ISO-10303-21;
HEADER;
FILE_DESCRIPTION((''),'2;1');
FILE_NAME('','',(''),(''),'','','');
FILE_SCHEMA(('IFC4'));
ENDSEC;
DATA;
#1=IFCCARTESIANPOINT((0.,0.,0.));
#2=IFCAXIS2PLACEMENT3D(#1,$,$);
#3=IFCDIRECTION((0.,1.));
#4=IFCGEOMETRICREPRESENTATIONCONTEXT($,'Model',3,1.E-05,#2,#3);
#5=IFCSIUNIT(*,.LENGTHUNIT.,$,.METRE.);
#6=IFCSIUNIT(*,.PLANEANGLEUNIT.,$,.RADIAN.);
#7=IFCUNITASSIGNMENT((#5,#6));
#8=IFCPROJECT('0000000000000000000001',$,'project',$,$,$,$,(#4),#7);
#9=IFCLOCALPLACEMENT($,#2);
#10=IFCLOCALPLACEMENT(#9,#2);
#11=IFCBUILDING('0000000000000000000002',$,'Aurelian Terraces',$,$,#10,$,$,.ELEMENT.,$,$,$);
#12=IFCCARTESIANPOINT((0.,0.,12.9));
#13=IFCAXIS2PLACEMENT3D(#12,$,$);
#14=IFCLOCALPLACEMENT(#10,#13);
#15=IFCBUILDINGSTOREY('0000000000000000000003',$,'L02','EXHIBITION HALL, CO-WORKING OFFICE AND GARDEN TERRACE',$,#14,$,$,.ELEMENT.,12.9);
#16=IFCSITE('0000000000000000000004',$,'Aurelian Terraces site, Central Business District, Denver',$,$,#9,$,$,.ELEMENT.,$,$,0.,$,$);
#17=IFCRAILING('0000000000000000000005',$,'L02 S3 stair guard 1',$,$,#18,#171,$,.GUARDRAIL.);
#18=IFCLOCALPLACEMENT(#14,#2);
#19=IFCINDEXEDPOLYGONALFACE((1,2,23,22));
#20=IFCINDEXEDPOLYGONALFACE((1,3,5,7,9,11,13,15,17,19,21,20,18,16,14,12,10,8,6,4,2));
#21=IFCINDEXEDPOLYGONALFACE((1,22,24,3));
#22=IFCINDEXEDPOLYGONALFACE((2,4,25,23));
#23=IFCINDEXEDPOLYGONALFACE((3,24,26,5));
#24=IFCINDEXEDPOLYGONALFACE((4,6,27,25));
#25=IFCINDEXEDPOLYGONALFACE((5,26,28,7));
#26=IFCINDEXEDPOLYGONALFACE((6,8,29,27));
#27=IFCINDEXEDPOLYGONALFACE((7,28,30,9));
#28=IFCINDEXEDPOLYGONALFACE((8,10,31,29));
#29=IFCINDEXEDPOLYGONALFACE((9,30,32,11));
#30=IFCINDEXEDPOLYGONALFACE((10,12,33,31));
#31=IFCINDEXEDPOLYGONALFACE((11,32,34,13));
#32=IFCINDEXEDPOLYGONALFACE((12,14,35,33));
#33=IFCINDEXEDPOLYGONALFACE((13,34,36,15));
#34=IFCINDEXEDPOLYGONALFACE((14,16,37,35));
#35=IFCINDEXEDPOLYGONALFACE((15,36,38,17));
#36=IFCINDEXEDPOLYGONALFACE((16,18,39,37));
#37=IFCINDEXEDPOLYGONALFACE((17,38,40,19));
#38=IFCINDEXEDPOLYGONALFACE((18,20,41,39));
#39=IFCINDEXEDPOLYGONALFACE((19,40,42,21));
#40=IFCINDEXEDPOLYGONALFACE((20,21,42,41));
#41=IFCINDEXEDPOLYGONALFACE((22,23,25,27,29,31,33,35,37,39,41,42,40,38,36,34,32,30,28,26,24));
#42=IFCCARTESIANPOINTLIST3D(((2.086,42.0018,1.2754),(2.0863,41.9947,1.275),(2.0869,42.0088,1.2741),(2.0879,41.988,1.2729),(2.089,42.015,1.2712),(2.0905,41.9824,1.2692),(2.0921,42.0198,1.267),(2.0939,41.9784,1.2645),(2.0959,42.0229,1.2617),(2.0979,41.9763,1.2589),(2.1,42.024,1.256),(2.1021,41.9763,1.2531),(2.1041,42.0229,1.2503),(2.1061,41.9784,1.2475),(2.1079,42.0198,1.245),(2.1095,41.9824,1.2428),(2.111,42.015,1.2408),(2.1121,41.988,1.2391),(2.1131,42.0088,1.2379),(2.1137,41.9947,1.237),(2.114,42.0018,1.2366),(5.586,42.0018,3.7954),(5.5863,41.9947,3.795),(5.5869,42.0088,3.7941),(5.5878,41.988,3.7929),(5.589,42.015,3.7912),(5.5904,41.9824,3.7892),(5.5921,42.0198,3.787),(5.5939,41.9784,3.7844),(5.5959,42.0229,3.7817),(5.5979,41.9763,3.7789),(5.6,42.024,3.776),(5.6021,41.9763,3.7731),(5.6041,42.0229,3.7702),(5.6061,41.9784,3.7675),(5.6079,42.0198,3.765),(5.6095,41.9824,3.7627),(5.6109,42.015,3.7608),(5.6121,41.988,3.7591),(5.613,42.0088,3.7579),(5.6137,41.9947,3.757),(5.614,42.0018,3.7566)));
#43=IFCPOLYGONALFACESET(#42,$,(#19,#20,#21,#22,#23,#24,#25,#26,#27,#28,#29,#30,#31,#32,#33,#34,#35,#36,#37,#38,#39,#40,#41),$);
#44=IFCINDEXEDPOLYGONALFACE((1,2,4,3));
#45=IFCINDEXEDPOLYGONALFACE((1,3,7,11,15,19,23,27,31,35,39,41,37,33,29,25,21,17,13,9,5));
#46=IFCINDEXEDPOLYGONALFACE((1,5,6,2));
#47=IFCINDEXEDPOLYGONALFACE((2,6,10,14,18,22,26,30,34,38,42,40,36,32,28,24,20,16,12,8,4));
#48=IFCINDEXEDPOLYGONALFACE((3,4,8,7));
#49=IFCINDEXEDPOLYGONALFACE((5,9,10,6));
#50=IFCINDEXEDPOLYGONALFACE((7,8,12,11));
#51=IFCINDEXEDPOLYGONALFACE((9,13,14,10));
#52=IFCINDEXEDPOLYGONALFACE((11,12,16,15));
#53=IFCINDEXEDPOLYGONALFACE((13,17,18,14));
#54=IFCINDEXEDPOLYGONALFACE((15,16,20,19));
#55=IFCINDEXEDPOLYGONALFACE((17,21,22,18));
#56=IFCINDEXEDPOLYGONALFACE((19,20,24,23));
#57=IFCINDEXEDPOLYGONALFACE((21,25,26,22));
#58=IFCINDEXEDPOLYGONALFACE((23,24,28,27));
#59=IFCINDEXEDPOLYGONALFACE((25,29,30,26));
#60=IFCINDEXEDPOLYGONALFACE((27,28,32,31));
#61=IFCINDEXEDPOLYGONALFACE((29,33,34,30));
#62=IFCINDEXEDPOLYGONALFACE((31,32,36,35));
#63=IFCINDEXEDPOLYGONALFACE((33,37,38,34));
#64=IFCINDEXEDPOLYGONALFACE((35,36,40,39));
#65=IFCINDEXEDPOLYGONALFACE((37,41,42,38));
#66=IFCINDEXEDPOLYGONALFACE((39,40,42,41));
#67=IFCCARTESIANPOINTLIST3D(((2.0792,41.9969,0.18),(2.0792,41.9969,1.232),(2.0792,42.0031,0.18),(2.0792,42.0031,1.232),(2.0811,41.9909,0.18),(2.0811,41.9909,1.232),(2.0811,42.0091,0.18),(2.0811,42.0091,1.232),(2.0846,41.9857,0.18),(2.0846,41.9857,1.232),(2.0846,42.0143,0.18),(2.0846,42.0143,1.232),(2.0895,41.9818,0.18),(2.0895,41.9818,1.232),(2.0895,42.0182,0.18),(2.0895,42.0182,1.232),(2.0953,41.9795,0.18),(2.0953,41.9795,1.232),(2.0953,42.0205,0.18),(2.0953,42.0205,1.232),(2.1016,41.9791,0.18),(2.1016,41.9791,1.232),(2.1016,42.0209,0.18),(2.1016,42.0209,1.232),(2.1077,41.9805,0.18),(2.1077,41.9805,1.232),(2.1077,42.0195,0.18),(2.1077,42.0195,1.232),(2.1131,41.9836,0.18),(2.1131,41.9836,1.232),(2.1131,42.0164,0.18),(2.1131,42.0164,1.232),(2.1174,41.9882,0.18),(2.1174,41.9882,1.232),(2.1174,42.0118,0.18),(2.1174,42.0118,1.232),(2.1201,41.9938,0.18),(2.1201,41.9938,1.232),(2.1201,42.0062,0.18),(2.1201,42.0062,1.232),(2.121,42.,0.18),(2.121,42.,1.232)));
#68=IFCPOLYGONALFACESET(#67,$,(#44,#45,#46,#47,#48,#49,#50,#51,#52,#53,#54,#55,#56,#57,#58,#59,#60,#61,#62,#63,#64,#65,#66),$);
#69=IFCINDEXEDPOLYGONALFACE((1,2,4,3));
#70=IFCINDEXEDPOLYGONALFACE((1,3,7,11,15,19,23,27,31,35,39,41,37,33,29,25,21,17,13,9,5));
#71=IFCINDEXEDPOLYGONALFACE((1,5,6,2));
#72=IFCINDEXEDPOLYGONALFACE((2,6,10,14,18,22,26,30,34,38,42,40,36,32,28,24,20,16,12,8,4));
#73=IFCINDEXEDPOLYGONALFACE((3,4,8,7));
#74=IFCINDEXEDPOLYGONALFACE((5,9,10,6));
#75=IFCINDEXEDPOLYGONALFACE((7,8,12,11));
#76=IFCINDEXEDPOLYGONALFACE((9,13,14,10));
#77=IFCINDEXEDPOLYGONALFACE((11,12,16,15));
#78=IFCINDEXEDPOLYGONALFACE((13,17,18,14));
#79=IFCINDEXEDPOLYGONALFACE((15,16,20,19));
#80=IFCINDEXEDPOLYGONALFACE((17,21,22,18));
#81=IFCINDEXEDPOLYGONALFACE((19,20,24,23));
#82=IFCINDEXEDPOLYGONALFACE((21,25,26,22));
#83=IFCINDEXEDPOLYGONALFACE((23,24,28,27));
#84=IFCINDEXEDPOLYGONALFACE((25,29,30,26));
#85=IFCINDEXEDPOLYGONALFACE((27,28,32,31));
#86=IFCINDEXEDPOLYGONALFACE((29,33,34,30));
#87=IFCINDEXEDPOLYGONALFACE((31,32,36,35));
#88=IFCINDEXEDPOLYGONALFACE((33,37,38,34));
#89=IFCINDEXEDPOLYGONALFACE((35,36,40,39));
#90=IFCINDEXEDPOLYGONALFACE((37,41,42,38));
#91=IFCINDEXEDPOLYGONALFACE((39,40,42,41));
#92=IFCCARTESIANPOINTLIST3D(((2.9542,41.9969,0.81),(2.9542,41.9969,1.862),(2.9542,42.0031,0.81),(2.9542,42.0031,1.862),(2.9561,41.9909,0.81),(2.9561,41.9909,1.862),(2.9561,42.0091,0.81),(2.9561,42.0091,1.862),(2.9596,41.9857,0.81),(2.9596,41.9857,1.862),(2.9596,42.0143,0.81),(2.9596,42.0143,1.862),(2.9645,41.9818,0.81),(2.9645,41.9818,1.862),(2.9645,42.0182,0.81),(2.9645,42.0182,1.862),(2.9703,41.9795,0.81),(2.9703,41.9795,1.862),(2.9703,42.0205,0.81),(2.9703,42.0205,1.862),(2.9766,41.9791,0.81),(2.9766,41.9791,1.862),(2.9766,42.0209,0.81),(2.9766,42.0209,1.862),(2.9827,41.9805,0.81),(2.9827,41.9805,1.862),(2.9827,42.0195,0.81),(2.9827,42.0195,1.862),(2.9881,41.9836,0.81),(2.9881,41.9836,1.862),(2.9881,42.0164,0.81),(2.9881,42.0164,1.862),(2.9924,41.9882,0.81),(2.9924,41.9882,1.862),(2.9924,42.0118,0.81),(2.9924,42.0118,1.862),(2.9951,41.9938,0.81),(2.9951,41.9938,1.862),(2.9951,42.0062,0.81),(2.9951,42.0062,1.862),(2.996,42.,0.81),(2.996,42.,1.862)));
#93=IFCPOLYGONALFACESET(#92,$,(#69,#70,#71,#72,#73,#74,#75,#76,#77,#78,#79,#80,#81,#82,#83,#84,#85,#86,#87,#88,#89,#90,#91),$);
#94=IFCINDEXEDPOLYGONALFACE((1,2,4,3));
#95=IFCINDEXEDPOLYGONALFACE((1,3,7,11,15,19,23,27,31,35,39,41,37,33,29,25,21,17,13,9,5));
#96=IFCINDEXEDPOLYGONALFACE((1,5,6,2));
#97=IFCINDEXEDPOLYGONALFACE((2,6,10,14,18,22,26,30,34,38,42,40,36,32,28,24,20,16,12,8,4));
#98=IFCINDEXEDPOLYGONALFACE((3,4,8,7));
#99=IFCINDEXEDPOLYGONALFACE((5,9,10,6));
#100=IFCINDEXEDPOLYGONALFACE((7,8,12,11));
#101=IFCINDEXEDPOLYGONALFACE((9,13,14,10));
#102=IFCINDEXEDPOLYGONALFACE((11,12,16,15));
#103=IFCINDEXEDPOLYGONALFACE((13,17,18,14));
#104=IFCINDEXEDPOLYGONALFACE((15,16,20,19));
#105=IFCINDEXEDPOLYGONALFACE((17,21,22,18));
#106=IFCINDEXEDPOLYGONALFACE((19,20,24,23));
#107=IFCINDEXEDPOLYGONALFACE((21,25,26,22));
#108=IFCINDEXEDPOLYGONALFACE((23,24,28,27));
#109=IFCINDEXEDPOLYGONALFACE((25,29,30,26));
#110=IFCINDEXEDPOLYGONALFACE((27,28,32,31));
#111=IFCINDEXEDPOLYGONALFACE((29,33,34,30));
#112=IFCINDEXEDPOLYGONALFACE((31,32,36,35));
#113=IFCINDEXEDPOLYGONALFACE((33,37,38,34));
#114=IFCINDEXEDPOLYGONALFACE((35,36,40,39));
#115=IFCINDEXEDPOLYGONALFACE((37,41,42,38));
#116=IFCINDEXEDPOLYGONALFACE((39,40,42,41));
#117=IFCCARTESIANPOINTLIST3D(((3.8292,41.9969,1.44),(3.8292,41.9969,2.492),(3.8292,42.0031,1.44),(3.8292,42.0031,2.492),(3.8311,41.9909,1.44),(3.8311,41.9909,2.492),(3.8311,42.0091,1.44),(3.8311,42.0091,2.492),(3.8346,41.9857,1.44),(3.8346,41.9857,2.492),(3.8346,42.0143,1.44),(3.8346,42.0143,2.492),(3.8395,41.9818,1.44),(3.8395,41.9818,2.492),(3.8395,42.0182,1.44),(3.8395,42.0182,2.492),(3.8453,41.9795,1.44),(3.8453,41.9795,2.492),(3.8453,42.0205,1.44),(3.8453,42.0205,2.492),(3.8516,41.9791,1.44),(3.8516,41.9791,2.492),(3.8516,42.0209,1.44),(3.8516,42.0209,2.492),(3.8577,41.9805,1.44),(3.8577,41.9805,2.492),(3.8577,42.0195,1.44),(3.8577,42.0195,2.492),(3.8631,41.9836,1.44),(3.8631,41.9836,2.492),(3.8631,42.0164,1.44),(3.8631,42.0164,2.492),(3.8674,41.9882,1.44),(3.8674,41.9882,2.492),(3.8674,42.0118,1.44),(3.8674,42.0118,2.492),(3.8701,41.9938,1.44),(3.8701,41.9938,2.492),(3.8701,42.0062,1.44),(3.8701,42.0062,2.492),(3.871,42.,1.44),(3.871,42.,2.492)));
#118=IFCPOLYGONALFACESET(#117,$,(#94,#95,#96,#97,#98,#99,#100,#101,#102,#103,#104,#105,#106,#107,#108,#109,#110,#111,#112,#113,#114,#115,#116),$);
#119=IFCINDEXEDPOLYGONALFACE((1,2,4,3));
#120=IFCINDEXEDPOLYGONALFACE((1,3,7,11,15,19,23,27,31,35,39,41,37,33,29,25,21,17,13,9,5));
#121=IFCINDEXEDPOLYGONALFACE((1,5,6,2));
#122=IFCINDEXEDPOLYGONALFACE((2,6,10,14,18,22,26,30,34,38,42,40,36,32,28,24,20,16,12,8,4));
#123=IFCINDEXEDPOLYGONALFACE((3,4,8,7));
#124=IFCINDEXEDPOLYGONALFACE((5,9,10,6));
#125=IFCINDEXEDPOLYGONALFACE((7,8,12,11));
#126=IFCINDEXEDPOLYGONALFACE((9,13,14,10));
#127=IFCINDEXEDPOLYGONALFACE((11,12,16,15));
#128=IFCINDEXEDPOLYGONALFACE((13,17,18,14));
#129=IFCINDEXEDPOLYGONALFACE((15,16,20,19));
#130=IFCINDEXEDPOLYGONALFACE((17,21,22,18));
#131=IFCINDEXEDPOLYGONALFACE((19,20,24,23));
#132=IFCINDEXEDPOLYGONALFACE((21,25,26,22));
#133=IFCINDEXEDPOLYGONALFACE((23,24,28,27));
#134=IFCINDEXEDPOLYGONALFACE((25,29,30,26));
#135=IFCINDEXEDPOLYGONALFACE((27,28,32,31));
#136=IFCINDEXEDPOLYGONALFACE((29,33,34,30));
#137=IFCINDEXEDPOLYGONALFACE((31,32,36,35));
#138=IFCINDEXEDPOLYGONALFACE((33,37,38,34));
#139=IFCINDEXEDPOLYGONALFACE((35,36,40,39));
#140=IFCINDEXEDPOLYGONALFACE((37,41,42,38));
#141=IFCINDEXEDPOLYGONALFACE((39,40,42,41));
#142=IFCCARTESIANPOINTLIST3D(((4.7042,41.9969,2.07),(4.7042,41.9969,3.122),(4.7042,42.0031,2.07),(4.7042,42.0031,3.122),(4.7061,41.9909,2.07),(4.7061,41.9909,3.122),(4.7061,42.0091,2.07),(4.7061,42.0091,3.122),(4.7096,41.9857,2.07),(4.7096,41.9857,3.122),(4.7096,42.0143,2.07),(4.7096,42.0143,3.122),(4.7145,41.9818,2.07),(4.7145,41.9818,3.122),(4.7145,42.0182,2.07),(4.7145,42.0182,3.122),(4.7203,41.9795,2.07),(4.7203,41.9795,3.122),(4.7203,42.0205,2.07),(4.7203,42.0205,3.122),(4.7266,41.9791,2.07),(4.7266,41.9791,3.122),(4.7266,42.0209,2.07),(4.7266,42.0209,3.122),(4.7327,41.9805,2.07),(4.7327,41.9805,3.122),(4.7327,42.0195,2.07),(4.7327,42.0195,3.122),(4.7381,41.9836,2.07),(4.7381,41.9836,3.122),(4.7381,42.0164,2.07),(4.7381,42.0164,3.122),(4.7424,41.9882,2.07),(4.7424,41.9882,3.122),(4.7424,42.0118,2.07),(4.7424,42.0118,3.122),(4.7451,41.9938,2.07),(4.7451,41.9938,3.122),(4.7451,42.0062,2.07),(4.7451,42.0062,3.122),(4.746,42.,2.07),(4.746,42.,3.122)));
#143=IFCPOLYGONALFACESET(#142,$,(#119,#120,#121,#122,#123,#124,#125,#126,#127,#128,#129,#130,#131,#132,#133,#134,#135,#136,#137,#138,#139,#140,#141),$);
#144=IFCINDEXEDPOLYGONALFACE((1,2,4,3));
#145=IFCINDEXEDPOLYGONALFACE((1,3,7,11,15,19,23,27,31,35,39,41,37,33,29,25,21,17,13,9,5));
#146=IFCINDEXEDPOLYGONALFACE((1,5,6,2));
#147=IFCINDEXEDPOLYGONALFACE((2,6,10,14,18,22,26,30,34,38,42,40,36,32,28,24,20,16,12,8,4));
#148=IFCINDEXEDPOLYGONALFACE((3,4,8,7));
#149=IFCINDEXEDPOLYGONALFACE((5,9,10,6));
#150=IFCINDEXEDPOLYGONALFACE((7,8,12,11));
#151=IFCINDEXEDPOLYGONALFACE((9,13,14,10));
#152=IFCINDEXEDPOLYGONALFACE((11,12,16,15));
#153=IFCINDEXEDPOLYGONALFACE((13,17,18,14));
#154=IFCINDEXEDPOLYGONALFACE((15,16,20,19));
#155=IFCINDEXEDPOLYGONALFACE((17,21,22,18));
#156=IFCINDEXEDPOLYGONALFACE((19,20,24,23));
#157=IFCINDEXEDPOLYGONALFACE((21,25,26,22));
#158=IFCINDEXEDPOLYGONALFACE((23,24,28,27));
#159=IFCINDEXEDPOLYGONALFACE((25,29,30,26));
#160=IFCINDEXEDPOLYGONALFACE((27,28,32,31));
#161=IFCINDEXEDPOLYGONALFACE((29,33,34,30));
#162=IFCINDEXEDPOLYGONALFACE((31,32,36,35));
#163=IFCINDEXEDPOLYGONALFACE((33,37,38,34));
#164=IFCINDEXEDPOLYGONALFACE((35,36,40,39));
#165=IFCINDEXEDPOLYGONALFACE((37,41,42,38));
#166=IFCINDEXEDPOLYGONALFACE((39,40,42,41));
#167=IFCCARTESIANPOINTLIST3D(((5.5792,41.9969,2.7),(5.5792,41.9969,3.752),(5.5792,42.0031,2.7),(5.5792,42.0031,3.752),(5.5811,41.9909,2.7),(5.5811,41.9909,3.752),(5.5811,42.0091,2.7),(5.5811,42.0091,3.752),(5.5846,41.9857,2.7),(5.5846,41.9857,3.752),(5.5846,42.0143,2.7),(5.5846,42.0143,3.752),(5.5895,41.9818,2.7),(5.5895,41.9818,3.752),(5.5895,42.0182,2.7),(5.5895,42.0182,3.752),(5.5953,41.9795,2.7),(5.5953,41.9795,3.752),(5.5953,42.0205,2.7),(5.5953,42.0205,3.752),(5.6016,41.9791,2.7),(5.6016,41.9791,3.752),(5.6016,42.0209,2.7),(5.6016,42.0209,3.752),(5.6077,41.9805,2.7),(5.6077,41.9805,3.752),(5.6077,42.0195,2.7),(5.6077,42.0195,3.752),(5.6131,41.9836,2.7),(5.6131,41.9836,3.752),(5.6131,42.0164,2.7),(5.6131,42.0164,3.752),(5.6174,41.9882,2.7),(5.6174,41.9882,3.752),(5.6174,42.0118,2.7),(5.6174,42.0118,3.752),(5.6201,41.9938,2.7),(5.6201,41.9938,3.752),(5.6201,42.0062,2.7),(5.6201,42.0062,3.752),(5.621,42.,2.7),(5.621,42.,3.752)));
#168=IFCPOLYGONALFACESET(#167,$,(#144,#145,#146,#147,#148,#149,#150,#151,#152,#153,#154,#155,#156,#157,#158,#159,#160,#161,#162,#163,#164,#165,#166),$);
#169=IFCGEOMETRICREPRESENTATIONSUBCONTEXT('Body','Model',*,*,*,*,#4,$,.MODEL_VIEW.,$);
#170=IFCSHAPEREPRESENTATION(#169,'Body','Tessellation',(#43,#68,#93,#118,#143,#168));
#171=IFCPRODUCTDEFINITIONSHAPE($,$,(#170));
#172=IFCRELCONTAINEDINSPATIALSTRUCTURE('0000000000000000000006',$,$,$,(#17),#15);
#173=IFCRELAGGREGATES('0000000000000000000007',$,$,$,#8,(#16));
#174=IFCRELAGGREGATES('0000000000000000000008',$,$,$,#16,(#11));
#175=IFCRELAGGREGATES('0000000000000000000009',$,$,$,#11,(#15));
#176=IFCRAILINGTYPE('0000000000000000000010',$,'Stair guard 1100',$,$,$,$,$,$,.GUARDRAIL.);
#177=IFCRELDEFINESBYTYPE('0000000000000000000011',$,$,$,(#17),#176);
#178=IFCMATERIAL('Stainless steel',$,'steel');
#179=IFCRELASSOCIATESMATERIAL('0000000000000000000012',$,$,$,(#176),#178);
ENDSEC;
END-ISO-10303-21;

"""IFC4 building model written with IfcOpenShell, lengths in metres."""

from ifc_helpers import new_model, si_unit, direction, frame, origin, origin_2d, place, context, subcontext, project, spatial, circle, extrude, source, transform, mapped, material, type_object, element, save


model = new_model("IFC4")

# Units and contexts
model_context = context("Model", 3, precision=1e-05, world=origin(), true_north=direction((0.0, 1.0)))
body_context = subcontext(model_context, "Body", "Model", "MODEL_VIEW")
ifc_project = project(units=[si_unit("LENGTHUNIT", "METRE"), si_unit("PLANEANGLEUNIT", "RADIAN")], contexts=[model_context])

# Site, building, storey
site_placement = place(None, origin())
site = spatial("IfcSite", under=ifc_project, at=site_placement, Name="Aurelian Terraces site, Central Business District, Denver", CompositionType="ELEMENT", RefElevation=0.0)
building_placement = place(site_placement, origin())
building = spatial("IfcBuilding", under=site, at=building_placement, Name="Aurelian Terraces", CompositionType="ELEMENT")
storey_placement = place(building_placement, frame((0.0, 0.0, 12.9)))
storey = spatial("IfcBuildingStorey", under=building, at=storey_placement, Name="L02", Description="EXHIBITION HALL, CO-WORKING OFFICE AND GARDEN TERRACE", CompositionType="ELEMENT", Elevation=12.9)

# Railing
ifc_material_1 = material(Name="Stainless steel", Category="steel")
railing_type_1 = type_object("IfcRailingType", Name="Stair guard 1100", PredefinedType="GUARDRAIL", material=ifc_material_1)
shared_shape_1 = source(origin(), body_context, "Body", "SweptSolid", [
    extrude(circle(Radius=0.024, at=origin_2d()), frame((0.0, 0.0, 1.076), z_axis=(0.811534, 0.0, 0.584305), x_axis=(0.0, 1.0, 0.0)), (0.0, 0.0, 1.0), 4.3128),
    extrude(circle(Radius=0.021, at=origin_2d()), origin(), (0.0, 0.0, 1.0), 1.052),
    extrude(circle(Radius=0.021, at=origin_2d()), frame((0.875, 0.0, 0.63)), (0.0, 0.0, 1.0), 1.052),
    extrude(circle(Radius=0.021, at=origin_2d()), frame((1.75, 0.0, 1.26)), (0.0, 0.0, 1.0), 1.052),
    extrude(circle(Radius=0.021, at=origin_2d()), frame((2.625, 0.0, 1.89)), (0.0, 0.0, 1.0), 1.052),
    extrude(circle(Radius=0.021, at=origin_2d()), frame((3.5, 0.0, 2.52)), (0.0, 0.0, 1.0), 1.052),
])
for number, where, name in (
    (1, (2.1, 42.0, 0.18), "L02 S3 stair guard 1"),
):
    element("IfcRailing", number, at=place(storey_placement, frame(where)), inside=storey, type_object=railing_type_1, Name=name, PredefinedType="GUARDRAIL", context=body_context, shape_type="MappedRepresentation", body=[
        mapped(shared_shape_1, transform((0.0, 0.0, 0.0), scale=1.0)),
    ])

save(model, "model.ifc")
